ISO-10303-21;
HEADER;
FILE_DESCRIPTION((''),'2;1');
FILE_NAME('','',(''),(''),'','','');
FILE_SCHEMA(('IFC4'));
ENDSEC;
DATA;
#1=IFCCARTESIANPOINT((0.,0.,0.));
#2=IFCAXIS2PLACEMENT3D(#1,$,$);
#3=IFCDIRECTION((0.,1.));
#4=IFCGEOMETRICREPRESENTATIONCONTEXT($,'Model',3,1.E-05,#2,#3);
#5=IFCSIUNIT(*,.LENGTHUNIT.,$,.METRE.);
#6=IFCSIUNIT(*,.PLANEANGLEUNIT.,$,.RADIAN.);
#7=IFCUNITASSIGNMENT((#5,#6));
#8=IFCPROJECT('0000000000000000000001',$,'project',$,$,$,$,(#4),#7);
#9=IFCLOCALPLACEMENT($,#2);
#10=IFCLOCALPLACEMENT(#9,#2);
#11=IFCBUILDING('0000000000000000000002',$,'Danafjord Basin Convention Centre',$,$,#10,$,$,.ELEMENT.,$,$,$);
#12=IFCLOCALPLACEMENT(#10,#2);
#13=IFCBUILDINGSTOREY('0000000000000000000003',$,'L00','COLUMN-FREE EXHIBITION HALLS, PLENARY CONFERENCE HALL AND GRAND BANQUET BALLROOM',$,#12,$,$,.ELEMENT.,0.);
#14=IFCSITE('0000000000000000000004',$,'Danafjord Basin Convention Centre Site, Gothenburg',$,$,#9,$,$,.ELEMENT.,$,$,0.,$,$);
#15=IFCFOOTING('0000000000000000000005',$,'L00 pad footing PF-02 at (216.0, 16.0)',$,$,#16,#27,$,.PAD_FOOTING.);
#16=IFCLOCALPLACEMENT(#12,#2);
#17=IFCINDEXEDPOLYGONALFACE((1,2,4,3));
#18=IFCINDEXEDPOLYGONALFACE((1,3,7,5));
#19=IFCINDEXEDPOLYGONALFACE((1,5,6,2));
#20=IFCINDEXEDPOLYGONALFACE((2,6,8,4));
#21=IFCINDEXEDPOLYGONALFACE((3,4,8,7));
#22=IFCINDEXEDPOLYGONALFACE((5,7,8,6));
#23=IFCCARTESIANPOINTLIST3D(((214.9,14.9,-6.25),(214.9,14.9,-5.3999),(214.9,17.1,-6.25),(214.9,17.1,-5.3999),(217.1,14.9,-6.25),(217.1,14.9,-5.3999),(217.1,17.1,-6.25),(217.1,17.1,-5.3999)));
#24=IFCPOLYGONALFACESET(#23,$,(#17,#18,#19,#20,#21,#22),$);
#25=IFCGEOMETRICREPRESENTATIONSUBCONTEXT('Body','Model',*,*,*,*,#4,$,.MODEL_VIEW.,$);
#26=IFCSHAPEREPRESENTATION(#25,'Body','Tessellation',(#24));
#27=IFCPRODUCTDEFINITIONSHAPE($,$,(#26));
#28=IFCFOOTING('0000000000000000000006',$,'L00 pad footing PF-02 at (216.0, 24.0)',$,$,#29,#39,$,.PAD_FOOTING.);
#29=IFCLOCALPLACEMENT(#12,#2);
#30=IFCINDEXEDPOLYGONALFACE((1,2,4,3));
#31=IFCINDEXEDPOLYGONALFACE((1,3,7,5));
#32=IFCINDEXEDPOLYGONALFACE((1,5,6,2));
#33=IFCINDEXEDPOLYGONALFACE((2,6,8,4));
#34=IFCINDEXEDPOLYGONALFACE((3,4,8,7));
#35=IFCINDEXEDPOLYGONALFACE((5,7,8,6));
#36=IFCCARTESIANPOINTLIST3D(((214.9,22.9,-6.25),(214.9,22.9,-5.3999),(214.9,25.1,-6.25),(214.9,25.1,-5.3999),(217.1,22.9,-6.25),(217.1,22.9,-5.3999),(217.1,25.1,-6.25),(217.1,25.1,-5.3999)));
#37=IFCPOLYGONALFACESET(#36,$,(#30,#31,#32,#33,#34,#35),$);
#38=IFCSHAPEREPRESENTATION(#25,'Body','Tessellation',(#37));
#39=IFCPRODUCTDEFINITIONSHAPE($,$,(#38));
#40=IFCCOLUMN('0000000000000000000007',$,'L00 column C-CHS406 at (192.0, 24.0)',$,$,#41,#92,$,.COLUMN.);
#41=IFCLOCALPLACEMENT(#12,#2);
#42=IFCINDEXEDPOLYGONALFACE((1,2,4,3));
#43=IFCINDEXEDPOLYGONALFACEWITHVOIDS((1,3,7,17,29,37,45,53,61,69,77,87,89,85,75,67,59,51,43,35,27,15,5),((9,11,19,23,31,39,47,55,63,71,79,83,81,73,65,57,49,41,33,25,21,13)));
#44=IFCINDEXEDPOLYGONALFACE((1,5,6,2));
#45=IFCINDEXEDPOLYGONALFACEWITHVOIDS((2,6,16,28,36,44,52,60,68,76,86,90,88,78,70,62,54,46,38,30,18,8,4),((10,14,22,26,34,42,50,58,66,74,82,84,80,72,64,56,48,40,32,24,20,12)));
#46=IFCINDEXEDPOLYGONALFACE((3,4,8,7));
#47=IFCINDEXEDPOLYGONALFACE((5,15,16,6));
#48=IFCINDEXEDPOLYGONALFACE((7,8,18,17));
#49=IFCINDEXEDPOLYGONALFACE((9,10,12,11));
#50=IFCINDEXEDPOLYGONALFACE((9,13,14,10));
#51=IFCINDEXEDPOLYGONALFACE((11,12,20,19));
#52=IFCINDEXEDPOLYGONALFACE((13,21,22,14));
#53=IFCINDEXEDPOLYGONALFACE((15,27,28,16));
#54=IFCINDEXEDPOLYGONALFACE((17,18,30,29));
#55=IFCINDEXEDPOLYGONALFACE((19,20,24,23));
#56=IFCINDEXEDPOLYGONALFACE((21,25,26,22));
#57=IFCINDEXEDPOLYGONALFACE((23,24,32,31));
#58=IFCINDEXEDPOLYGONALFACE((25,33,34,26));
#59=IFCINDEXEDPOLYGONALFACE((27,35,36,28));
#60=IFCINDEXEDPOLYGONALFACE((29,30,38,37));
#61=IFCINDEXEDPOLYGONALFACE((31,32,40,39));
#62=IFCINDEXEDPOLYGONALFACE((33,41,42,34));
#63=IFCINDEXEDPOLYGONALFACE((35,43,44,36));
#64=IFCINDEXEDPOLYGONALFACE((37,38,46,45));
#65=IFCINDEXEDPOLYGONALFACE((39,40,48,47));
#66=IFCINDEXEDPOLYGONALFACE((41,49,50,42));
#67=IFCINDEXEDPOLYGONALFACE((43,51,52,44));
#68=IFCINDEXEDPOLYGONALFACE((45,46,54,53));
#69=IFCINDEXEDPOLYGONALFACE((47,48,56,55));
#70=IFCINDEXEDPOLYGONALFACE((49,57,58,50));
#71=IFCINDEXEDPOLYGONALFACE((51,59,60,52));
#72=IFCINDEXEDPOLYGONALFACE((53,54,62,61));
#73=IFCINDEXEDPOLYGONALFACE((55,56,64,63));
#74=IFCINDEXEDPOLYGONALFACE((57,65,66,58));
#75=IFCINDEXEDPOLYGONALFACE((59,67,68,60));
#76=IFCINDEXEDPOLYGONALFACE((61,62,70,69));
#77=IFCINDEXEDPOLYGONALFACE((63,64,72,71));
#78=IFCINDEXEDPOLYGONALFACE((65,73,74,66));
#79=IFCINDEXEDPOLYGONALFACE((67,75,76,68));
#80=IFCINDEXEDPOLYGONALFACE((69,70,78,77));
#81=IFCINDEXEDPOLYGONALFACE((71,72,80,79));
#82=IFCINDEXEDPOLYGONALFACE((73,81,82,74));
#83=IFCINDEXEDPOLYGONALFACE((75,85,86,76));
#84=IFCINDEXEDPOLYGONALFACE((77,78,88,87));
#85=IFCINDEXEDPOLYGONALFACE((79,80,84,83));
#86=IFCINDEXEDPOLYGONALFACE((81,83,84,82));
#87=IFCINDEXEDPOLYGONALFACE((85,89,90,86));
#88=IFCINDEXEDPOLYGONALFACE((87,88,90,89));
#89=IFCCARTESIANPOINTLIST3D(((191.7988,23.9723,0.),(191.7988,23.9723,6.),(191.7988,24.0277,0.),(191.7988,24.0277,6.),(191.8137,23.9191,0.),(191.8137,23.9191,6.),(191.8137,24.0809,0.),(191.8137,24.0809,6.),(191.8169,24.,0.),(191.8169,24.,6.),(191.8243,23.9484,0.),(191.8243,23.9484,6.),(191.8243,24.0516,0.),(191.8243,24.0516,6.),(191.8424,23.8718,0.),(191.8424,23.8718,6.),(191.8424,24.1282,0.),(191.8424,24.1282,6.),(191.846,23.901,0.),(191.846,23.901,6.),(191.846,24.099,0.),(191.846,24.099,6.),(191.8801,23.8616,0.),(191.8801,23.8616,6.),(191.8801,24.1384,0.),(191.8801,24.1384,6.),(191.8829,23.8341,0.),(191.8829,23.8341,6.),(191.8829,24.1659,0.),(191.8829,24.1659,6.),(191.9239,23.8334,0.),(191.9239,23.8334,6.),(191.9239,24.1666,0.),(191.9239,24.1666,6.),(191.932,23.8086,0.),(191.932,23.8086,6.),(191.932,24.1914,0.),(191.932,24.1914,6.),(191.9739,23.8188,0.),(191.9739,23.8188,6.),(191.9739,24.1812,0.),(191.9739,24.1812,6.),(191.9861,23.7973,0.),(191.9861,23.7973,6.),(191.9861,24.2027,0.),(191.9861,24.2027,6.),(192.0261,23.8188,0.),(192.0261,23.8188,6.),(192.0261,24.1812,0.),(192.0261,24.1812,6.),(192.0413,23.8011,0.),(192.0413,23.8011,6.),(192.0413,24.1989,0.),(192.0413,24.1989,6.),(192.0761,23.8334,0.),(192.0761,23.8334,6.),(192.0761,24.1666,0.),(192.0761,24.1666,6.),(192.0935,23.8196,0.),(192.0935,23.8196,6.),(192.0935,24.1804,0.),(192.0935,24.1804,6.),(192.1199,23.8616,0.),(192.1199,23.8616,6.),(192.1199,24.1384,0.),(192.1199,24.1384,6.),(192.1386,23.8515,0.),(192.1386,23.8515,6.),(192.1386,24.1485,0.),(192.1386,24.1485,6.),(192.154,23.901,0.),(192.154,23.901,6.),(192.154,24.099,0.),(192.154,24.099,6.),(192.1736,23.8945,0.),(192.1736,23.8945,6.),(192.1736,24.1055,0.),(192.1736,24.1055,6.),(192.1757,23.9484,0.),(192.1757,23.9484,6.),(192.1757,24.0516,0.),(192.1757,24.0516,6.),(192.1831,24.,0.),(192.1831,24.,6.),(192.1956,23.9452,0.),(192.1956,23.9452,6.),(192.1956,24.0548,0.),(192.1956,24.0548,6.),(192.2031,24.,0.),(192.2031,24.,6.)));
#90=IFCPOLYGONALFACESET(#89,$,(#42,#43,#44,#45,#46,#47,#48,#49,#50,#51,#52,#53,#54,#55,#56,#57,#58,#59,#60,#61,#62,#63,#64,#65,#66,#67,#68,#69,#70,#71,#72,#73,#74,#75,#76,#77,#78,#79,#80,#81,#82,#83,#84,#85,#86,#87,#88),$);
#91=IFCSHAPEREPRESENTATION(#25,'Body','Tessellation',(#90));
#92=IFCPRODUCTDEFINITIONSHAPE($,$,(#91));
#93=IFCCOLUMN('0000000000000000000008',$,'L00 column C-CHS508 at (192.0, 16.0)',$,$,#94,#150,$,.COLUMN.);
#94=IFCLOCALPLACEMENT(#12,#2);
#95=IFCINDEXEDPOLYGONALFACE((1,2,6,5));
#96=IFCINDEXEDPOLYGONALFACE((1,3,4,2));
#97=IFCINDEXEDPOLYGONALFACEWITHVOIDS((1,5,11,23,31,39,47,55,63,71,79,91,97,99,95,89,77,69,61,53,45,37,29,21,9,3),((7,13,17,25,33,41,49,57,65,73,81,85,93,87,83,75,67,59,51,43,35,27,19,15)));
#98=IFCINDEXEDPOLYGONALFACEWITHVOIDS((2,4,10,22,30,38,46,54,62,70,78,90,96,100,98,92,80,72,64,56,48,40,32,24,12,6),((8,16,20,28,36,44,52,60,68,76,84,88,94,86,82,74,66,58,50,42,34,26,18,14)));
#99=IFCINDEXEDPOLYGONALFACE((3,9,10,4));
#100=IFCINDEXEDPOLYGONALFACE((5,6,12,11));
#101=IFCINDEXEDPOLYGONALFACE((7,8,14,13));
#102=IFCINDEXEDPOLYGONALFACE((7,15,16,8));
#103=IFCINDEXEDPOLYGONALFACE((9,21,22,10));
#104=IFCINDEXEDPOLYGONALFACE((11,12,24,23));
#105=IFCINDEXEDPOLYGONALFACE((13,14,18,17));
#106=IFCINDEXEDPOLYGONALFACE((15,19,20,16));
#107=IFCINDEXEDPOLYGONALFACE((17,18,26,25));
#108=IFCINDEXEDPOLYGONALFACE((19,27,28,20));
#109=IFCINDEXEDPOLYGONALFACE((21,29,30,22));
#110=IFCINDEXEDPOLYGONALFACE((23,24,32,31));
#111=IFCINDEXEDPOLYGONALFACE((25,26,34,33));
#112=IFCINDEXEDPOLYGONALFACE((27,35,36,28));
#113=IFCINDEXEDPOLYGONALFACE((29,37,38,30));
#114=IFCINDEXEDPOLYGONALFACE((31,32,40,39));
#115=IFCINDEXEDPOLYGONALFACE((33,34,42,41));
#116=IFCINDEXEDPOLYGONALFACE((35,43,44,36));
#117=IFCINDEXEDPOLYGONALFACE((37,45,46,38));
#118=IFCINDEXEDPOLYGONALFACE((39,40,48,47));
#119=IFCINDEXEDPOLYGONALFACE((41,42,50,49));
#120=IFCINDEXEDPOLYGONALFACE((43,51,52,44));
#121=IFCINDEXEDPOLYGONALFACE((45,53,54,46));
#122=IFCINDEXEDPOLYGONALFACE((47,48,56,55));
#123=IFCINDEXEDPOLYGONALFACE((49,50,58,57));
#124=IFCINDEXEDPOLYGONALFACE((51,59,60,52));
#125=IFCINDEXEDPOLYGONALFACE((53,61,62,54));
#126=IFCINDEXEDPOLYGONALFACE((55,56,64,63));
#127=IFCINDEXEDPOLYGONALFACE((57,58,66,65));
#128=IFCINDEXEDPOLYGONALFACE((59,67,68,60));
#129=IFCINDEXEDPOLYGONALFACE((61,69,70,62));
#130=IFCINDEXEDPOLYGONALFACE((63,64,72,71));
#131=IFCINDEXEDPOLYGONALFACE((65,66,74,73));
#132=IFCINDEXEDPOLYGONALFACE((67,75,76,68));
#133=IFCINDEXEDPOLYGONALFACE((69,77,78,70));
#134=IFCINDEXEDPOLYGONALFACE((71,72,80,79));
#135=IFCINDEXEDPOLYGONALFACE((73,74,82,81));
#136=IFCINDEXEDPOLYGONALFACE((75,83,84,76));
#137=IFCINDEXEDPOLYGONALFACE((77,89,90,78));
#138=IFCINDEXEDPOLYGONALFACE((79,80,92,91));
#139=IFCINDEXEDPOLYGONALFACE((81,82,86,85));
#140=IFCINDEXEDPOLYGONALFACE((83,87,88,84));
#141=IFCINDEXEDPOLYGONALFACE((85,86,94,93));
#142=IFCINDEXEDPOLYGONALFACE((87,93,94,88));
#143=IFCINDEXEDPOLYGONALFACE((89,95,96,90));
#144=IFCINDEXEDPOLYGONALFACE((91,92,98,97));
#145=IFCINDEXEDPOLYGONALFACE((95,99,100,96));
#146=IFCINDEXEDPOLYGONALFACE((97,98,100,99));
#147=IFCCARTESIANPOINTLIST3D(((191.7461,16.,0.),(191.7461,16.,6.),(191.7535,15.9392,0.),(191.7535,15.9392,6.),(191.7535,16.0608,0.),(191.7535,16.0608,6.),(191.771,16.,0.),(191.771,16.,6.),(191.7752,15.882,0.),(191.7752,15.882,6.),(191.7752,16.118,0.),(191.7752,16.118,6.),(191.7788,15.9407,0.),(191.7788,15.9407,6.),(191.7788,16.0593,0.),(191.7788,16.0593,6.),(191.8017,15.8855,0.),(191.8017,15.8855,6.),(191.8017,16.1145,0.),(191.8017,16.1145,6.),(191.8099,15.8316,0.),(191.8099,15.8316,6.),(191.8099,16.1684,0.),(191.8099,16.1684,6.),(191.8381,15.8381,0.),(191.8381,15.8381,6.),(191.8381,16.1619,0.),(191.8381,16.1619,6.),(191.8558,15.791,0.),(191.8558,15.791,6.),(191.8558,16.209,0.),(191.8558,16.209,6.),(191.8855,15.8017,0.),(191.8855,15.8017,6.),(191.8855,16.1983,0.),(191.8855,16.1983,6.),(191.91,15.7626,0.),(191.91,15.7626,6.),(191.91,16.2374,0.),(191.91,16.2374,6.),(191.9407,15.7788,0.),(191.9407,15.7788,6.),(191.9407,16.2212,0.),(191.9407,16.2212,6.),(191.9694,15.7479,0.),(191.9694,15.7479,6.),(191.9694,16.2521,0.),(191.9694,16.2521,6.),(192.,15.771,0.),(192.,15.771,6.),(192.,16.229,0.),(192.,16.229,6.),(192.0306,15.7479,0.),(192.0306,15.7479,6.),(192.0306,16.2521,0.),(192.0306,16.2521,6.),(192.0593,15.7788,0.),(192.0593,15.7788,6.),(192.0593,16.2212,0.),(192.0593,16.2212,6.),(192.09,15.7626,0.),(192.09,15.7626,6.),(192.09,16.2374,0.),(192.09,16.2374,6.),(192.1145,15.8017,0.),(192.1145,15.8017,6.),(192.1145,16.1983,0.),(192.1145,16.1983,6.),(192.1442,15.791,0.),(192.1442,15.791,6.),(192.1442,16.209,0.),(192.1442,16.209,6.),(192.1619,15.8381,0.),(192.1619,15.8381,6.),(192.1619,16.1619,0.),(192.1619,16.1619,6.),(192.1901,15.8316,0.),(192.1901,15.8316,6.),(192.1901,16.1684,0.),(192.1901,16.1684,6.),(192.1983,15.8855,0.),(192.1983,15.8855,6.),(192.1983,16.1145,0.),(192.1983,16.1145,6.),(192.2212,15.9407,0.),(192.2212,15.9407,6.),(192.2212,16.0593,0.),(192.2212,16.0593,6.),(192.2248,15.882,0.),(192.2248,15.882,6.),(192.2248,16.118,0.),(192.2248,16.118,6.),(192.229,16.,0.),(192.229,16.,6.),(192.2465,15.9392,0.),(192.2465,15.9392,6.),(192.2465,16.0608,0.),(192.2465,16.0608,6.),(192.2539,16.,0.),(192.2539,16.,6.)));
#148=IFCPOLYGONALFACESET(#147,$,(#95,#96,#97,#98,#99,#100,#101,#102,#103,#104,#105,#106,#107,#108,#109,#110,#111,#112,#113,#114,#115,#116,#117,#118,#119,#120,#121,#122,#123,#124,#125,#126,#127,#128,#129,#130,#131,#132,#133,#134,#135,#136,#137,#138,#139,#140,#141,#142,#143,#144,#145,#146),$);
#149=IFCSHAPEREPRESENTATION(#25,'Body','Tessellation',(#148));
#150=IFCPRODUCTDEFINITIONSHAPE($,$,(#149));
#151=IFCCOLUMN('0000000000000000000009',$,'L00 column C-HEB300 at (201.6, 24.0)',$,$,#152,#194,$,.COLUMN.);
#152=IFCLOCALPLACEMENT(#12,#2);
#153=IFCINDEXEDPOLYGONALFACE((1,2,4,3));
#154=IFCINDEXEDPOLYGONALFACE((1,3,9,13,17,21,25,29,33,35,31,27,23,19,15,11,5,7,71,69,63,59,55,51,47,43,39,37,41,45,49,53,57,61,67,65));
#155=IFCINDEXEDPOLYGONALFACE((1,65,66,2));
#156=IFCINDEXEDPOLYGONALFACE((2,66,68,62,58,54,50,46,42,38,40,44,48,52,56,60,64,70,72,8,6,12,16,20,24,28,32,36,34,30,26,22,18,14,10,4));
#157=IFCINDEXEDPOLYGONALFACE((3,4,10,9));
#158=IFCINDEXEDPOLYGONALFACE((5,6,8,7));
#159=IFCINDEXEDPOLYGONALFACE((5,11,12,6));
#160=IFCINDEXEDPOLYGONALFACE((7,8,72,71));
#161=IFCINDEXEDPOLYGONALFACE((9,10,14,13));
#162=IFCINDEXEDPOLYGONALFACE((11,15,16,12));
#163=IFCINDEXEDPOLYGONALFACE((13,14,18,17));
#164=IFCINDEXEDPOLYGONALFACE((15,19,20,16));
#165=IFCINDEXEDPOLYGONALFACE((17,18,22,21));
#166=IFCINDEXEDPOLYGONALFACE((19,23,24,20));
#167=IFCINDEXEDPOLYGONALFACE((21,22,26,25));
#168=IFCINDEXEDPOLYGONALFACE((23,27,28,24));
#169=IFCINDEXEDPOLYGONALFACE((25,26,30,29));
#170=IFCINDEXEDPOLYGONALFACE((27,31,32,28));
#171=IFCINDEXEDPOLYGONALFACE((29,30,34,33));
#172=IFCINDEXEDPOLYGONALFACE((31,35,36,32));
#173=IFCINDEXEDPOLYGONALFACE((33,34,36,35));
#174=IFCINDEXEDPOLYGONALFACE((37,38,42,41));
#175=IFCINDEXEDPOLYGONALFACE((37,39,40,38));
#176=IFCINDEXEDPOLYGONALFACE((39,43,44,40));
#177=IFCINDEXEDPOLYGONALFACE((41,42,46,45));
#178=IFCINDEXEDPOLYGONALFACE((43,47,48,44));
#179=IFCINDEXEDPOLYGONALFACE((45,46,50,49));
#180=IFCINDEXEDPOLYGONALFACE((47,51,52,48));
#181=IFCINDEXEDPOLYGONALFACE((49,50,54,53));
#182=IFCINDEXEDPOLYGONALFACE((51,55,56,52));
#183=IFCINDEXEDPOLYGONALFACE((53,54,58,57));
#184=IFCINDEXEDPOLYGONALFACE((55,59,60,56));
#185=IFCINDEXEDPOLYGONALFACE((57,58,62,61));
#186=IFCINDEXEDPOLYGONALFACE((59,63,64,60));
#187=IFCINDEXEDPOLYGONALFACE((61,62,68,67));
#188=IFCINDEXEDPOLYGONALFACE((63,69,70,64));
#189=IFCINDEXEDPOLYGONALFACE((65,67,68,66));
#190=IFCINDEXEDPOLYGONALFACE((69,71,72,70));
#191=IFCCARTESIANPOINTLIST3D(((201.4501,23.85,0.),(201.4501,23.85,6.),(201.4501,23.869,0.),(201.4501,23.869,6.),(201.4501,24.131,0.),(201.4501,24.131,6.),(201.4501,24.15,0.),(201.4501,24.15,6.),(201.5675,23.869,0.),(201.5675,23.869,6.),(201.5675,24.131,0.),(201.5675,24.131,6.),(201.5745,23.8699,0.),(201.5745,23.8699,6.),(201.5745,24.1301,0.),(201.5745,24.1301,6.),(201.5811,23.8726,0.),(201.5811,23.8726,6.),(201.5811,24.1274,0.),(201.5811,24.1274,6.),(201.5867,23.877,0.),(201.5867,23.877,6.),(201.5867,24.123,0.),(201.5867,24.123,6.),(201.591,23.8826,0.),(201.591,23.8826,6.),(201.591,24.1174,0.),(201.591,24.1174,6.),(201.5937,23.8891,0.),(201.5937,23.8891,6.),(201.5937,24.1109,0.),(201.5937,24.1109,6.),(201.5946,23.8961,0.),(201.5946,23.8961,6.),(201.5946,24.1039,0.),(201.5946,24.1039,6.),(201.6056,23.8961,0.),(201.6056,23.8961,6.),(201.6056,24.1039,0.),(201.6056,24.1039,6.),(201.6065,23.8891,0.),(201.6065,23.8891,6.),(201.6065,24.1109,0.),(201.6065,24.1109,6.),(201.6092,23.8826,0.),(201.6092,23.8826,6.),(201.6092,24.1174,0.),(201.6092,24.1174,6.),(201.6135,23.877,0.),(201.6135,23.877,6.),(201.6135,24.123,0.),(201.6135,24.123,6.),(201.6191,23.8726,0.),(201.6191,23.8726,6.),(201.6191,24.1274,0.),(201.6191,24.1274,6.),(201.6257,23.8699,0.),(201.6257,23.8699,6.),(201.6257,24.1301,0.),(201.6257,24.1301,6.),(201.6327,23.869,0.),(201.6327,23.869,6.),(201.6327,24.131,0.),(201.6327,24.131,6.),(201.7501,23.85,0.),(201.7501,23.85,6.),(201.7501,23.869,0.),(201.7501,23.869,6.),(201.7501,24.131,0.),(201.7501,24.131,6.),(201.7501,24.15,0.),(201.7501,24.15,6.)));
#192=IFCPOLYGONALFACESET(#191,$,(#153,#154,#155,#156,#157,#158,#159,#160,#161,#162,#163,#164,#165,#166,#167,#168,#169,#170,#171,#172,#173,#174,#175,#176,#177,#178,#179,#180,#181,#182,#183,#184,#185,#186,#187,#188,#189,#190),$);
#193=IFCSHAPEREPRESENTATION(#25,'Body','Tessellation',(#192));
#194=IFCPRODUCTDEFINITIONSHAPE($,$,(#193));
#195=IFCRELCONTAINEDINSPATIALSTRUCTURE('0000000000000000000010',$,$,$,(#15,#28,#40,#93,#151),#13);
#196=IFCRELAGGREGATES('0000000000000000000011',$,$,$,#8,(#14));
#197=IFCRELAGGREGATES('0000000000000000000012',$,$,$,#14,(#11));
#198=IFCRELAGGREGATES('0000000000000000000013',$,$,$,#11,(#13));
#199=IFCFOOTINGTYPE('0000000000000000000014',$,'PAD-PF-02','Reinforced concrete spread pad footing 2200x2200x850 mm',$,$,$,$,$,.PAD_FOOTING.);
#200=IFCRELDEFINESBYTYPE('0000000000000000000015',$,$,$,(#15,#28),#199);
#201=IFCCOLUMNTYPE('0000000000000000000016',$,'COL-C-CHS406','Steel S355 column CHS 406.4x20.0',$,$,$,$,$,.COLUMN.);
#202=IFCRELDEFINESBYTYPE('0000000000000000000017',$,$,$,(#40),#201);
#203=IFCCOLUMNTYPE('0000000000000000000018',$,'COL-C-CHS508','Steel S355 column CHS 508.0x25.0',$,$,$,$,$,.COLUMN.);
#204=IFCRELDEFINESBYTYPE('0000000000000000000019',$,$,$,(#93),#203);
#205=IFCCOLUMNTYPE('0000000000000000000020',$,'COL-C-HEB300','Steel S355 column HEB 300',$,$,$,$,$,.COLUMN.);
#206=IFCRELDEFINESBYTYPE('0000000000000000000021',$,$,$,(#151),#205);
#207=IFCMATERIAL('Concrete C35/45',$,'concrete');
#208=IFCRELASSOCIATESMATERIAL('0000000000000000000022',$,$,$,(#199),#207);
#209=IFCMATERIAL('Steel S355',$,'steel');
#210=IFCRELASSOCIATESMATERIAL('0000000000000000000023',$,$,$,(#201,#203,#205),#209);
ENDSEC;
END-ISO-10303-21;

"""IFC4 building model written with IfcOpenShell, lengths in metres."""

from ifc_helpers import new_model, si_unit, direction, frame, origin, origin_2d, place, context, subcontext, project, spatial, rectangle, hollow_circle, i_section, extrude, material, material_profile, profile_set, type_object, element, save


model = new_model("IFC4")

# Units and contexts
model_context = context("Model", 3, precision=1e-05, world=origin(), true_north=direction((0.0, 1.0)))
body_context = subcontext(model_context, "Body", "Model", "MODEL_VIEW")
ifc_project = project(units=[si_unit("LENGTHUNIT", "METRE"), si_unit("PLANEANGLEUNIT", "RADIAN")], contexts=[model_context])

# Site, building, storey
site_placement = place(None, origin())
site = spatial("IfcSite", under=ifc_project, at=site_placement, Name="Danafjord Basin Convention Centre Site, Gothenburg", CompositionType="ELEMENT", RefElevation=0.0)
building_placement = place(site_placement, origin())
building = spatial("IfcBuilding", under=site, at=building_placement, Name="Danafjord Basin Convention Centre", CompositionType="ELEMENT")
storey_placement = place(building_placement, origin())
storey = spatial("IfcBuildingStorey", under=building, at=storey_placement, Name="L00", Description="COLUMN-FREE EXHIBITION HALLS, PLENARY CONFERENCE HALL AND GRAND BANQUET BALLROOM", CompositionType="ELEMENT", Elevation=0.0)

# Footings
ifc_material_1 = material(Name="Concrete C35/45", Category="concrete")
footing_type = type_object("IfcFootingType", Name="PAD-PF-02", Description="Reinforced concrete spread pad footing 2200x2200x850 mm", PredefinedType="PAD_FOOTING", material=ifc_material_1)
for number, where, z_axis, x_axis, name in (
    (1, (216.0, 16.0, -6.25), (0.0, 0.0, 1.0), (1.0, 0.0, 0.0), "L00 pad footing PF-02 at (216.0, 16.0)"),
    (2, (216.0, 24.0, -6.25), (0.0, 0.0, 1.0), (1.0, 0.0, 0.0), "L00 pad footing PF-02 at (216.0, 24.0)"),
):
    element("IfcFooting", number, at=place(storey_placement, frame(where, z_axis=z_axis, x_axis=x_axis)), inside=storey, type_object=footing_type, Name=name, PredefinedType="PAD_FOOTING", context=body_context, shape_type="SweptSolid", body=[
        extrude(rectangle(XDim=2.2, YDim=2.2, at=origin_2d()), origin(), (0.0, 0.0, 1.0), 0.8501),
    ])

# Columns
ifc_material_2 = material(Name="Steel S355", Category="steel")
ifc_material_profile_1 = material_profile(ifc_material_2, hollow_circle(Radius=0.2031, WallThickness=0.02, at=origin_2d()), Name="CHS 406.4x20.0")
ifc_profile_set_1 = profile_set([ifc_material_profile_1], Name="Steel S355")
column_type_1 = type_object("IfcColumnType", Name="COL-C-CHS406", Description="Steel S355 column CHS 406.4x20.0", PredefinedType="COLUMN", material=ifc_profile_set_1)
column_1_placement = place(storey_placement, frame((192.0, 24.0, 0.0), z_axis=(0.0, 0.0, 1.0), x_axis=(1.0, 0.0, 0.0)))
element("IfcColumn", 3, at=column_1_placement, inside=storey, type_object=column_type_1, Name="L00 column C-CHS406 at (192.0, 24.0)", PredefinedType="COLUMN", context=body_context, shape_type="SweptSolid", body=[
    extrude(hollow_circle(Radius=0.2031, WallThickness=0.02, at=origin_2d()), origin(), (0.0, 0.0, 1.0), 6.0),
])
ifc_material_profile_2 = material_profile(ifc_material_2, hollow_circle(Radius=0.2539, WallThickness=0.0249, at=origin_2d()), Name="CHS 508.0x25.0")
ifc_profile_set_2 = profile_set([ifc_material_profile_2], Name="Steel S355")
column_type_2 = type_object("IfcColumnType", Name="COL-C-CHS508", Description="Steel S355 column CHS 508.0x25.0", PredefinedType="COLUMN", material=ifc_profile_set_2)
column_2_placement = place(storey_placement, frame((192.0, 16.0, 0.0), z_axis=(0.0, 0.0, 1.0), x_axis=(1.0, 0.0, 0.0)))
element("IfcColumn", 4, at=column_2_placement, inside=storey, type_object=column_type_2, Name="L00 column C-CHS508 at (192.0, 16.0)", PredefinedType="COLUMN", context=body_context, shape_type="SweptSolid", body=[
    extrude(hollow_circle(Radius=0.2539, WallThickness=0.0249, at=origin_2d()), origin(), (0.0, 0.0, 1.0), 6.0),
])
ifc_material_profile_3 = material_profile(ifc_material_2, i_section(OverallWidth=0.3, OverallDepth=0.3, WebThickness=0.011, FlangeThickness=0.019, FilletRadius=0.0271, at=origin_2d()), Name="HEB 300")
ifc_profile_set_3 = profile_set([ifc_material_profile_3], Name="Steel S355")
column_type_3 = type_object("IfcColumnType", Name="COL-C-HEB300", Description="Steel S355 column HEB 300", PredefinedType="COLUMN", material=ifc_profile_set_3)
column_3_placement = place(storey_placement, frame((201.6001, 24.0, 0.0), z_axis=(0.0, 0.0, 1.0), x_axis=(1.0, 0.0, 0.0)))
element("IfcColumn", 5, at=column_3_placement, inside=storey, type_object=column_type_3, Name="L00 column C-HEB300 at (201.6, 24.0)", PredefinedType="COLUMN", context=body_context, shape_type="SweptSolid", body=[
    extrude(i_section(OverallWidth=0.3, OverallDepth=0.3, WebThickness=0.011, FlangeThickness=0.019, FilletRadius=0.0271, at=origin_2d()), origin(), (0.0, 0.0, 1.0), 6.0),
])

save(model, "model.ifc")
